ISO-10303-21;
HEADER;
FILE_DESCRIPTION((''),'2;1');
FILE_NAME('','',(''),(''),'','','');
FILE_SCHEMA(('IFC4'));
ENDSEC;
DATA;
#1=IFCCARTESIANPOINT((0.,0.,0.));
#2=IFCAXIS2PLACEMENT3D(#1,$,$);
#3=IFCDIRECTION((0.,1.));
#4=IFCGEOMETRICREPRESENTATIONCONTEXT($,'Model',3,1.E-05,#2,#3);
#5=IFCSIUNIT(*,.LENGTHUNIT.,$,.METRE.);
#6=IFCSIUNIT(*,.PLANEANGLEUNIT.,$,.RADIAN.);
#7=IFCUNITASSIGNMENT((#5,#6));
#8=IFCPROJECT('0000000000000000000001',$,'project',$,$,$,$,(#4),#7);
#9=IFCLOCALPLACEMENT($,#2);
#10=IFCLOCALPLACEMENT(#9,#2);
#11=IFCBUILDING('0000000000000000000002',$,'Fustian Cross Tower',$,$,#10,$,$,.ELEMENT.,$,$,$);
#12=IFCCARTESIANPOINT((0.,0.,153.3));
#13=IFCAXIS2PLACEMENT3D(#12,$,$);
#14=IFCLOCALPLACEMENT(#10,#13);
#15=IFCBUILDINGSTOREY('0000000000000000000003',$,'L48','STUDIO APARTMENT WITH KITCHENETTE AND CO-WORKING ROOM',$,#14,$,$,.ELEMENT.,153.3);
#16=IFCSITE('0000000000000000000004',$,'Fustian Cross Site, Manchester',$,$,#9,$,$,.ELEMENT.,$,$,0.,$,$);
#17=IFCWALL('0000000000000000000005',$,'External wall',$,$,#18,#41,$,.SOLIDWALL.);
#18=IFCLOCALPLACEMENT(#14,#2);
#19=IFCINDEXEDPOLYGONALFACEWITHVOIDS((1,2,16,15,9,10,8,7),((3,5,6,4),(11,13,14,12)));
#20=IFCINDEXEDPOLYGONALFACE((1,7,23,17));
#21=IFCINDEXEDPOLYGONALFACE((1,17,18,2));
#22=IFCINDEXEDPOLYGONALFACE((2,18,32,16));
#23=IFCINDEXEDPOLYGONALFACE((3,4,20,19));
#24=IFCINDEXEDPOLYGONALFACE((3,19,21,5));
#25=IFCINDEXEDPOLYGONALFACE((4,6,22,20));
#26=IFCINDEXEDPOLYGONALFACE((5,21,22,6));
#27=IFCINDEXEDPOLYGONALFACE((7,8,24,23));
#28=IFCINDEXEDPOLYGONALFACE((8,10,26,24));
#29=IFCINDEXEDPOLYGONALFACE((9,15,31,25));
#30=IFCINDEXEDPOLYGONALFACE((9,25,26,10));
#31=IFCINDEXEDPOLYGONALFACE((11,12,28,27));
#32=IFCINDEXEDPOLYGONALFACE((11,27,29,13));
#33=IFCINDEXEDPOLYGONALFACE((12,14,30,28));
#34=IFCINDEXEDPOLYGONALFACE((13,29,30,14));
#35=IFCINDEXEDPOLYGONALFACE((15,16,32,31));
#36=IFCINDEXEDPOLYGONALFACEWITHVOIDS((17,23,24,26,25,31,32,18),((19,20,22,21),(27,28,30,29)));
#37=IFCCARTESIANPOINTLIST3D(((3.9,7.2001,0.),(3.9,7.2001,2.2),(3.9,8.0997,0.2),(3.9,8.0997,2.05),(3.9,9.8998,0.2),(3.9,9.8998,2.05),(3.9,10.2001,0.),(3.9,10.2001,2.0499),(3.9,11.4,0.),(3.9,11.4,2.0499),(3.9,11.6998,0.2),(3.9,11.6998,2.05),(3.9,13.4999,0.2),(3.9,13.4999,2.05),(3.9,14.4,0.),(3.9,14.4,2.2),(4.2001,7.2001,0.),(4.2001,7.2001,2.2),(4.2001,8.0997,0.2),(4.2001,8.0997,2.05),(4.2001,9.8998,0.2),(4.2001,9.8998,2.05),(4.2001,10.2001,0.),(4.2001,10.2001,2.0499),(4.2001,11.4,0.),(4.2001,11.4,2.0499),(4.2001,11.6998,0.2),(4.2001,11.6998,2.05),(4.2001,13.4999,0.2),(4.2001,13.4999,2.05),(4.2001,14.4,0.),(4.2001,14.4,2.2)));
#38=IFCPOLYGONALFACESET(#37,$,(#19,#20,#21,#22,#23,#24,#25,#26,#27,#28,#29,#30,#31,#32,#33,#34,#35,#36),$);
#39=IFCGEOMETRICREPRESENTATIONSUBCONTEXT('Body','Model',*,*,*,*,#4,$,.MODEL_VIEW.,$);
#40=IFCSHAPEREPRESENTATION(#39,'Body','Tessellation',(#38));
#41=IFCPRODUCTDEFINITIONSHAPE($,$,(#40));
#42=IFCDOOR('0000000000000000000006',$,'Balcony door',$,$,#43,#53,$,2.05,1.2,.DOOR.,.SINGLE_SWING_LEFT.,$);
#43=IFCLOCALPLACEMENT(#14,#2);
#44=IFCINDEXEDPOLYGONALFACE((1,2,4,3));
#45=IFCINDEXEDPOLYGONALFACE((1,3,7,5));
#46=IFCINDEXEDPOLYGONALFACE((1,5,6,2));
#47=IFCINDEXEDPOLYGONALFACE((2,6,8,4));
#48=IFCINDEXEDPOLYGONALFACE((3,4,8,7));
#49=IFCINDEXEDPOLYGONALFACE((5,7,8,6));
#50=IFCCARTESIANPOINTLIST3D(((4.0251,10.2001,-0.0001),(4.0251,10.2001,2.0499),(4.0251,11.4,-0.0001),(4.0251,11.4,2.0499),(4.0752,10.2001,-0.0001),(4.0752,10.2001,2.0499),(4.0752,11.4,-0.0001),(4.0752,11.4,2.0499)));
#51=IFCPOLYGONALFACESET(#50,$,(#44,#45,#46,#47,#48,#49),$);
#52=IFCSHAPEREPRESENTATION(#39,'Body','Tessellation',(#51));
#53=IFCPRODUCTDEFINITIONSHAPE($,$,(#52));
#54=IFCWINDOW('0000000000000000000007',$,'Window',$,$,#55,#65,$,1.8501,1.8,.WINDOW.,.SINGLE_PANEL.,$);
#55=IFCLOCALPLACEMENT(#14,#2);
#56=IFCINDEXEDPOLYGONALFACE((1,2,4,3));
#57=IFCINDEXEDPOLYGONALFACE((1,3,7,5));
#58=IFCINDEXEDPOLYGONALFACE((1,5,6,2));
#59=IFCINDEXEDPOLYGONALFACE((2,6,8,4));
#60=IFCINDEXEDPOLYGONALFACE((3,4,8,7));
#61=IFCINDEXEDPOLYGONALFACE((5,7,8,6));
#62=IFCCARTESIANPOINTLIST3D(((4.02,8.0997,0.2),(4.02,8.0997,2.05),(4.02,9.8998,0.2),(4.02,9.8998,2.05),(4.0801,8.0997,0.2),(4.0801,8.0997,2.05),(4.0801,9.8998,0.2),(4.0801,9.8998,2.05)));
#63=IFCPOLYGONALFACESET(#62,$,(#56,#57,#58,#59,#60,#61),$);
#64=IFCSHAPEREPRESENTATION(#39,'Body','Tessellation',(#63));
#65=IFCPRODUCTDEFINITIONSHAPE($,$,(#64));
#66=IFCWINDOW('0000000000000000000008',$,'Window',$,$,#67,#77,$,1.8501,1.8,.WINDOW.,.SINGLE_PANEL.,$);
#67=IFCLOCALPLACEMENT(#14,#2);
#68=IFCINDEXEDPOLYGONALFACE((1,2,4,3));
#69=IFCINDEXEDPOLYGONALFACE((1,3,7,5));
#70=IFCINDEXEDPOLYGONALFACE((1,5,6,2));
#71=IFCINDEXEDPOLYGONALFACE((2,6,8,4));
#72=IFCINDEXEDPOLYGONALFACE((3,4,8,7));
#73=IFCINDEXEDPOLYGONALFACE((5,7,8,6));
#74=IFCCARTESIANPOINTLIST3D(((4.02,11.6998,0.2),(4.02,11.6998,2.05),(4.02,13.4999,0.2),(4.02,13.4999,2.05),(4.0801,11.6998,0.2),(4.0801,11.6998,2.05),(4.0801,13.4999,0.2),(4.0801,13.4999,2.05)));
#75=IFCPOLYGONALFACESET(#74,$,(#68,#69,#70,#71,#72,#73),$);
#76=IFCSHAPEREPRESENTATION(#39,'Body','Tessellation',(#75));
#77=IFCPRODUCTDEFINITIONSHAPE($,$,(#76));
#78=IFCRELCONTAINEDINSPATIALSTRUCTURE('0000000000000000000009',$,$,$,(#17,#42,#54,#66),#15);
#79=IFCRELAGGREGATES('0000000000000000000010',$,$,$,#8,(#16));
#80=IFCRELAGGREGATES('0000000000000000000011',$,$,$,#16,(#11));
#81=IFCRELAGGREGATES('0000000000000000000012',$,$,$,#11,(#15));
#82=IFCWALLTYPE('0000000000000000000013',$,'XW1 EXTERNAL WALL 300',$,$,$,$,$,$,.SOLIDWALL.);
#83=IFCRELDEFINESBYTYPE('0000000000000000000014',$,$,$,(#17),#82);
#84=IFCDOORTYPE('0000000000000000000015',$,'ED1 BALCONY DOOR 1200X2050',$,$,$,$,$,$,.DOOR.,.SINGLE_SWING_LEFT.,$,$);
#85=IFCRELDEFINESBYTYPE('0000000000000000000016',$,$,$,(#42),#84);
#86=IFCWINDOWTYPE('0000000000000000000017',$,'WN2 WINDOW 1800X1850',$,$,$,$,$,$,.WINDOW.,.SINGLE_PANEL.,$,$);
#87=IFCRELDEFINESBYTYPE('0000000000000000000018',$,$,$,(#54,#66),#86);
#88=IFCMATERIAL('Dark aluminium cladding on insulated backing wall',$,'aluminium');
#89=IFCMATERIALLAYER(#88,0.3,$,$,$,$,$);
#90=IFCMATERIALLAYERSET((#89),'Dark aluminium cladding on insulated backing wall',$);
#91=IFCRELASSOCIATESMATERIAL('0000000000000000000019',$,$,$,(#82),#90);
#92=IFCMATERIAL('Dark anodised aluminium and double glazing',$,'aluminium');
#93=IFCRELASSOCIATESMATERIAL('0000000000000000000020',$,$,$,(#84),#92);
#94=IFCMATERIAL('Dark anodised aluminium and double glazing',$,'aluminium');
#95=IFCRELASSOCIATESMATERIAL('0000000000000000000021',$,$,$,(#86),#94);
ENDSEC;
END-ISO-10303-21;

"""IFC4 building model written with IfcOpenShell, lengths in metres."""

from ifc_helpers import new_model, si_unit, direction, frame, frame_2d, origin, place, context, subcontext, project, spatial, rectangle, extrude, material, layer, layer_set, type_object, element, fill, save


model = new_model("IFC4")

# Units and contexts
model_context = context("Model", 3, precision=1e-05, world=origin(), true_north=direction((0.0, 1.0)))
body_context = subcontext(model_context, "Body", "Model", "MODEL_VIEW")
ifc_project = project(units=[si_unit("LENGTHUNIT", "METRE"), si_unit("PLANEANGLEUNIT", "RADIAN")], contexts=[model_context])

# Site, building, storey
site_placement = place(None, origin())
site = spatial("IfcSite", under=ifc_project, at=site_placement, Name="Fustian Cross Site, Manchester", CompositionType="ELEMENT", RefElevation=0.0)
building_placement = place(site_placement, origin())
building = spatial("IfcBuilding", under=site, at=building_placement, Name="Fustian Cross Tower", CompositionType="ELEMENT")
storey_placement = place(building_placement, frame((0.0, 0.0, 153.3)))
storey = spatial("IfcBuildingStorey", under=building, at=storey_placement, Name="L48", Description="STUDIO APARTMENT WITH KITCHENETTE AND CO-WORKING ROOM", CompositionType="ELEMENT", Elevation=153.3)

# Shared definitions
ifc_material_1 = material(Name="Dark aluminium cladding on insulated backing wall", Category="aluminium")
ifc_layer_1 = layer(ifc_material_1, 0.3)
ifc_layer_set_1 = layer_set([ifc_layer_1], Name="Dark aluminium cladding on insulated backing wall")
wall_type_1 = type_object("IfcWallType", Name="XW1 EXTERNAL WALL 300", PredefinedType="SOLIDWALL", material=ifc_layer_set_1)

# Wall, openings, door, windows
wall_1_placement = place(storey_placement, frame((4.05, 7.2, 0.0), z_axis=(0.0, 0.0, 1.0), x_axis=(0.0, 1.0, 0.0)))
wall_1 = element("IfcWall", 1, at=wall_1_placement, inside=storey, type_object=wall_type_1, Name="External wall", PredefinedType="SOLIDWALL", context=body_context, shape_type="SweptSolid", body=[
    extrude(rectangle(XDim=7.2, YDim=0.3, at=frame_2d((3.6001, 0.0))), origin(), (0.0, 0.0, 1.0), 2.2),
])
opening_1_placement = place(wall_1_placement, frame((3.0, 0.0, 0.0)))
opening_1 = element("IfcOpeningElement", 2, at=opening_1_placement, cuts=wall_1, PredefinedType="OPENING", context=body_context, shape_type="SweptSolid", body=[
    extrude(rectangle(XDim=1.2, YDim=2.05, at=frame_2d((0.6001, 1.0249))), frame((0.0, 0.1599, 0.0), z_axis=(0.0, -1.0, 0.0), x_axis=(1.0, 0.0, 0.0)), (0.0, 0.0, 1.0), 0.3201),
])
opening_2_placement = place(wall_1_placement, frame((0.8999, 0.0, 0.2)))
opening_2 = element("IfcOpeningElement", 3, at=opening_2_placement, cuts=wall_1, PredefinedType="OPENING", context=body_context, shape_type="SweptSolid", body=[
    extrude(rectangle(XDim=1.8, YDim=1.8501, at=frame_2d((0.8999, 0.925))), frame((0.0, 0.1599, 0.0), z_axis=(0.0, -1.0, 0.0), x_axis=(1.0, 0.0, 0.0)), (0.0, 0.0, 1.0), 0.3201),
])
opening_3_placement = place(wall_1_placement, frame((4.5, 0.0, 0.2)))
opening_3 = element("IfcOpeningElement", 4, at=opening_3_placement, cuts=wall_1, PredefinedType="OPENING", context=body_context, shape_type="SweptSolid", body=[
    extrude(rectangle(XDim=1.8, YDim=1.8501, at=frame_2d((0.8999, 0.925))), frame((0.0, 0.1599, 0.0), z_axis=(0.0, -1.0, 0.0), x_axis=(1.0, 0.0, 0.0)), (0.0, 0.0, 1.0), 0.3201),
])
ifc_material_2 = material(Name="Dark anodised aluminium and double glazing", Category="aluminium")
door_type_1 = type_object("IfcDoorType", Name="ED1 BALCONY DOOR 1200X2050", OperationType="SINGLE_SWING_LEFT", PredefinedType="DOOR", material=ifc_material_2)
door_1_placement = place(opening_1_placement, origin())
door_1 = element("IfcDoor", 5, at=door_1_placement, inside=storey, type_object=door_type_1, Name="Balcony door", OperationType="SINGLE_SWING_LEFT", OverallHeight=2.05, OverallWidth=1.2, PredefinedType="DOOR", context=body_context, shape_type="SweptSolid", body=[
    extrude(rectangle(XDim=1.2, YDim=2.05, at=frame_2d((0.6001, 1.0249))), frame((0.0, 0.0249, 0.0), z_axis=(0.0, -1.0, 0.0), x_axis=(1.0, 0.0, 0.0)), (0.0, 0.0, 1.0), 0.05),
])
fill(opening_1, door_1)
ifc_material_3 = material(Name="Dark anodised aluminium and double glazing", Category="aluminium")
window_type = type_object("IfcWindowType", Name="WN2 WINDOW 1800X1850", PartitioningType="SINGLE_PANEL", PredefinedType="WINDOW", material=ifc_material_3)
window_1_placement = place(opening_2_placement, origin())
window_1 = element("IfcWindow", 6, at=window_1_placement, inside=storey, type_object=window_type, Name="Window", OverallHeight=1.8501, OverallWidth=1.8, PartitioningType="SINGLE_PANEL", PredefinedType="WINDOW", context=body_context, shape_type="SweptSolid", body=[
    extrude(rectangle(XDim=1.8, YDim=1.8501, at=frame_2d((0.8999, 0.925))), frame((0.0, 0.03, 0.0), z_axis=(0.0, -1.0, 0.0), x_axis=(1.0, 0.0, 0.0)), (0.0, 0.0, 1.0), 0.0601),
])
fill(opening_2, window_1)
window_2_placement = place(opening_3_placement, origin())
window_2 = element("IfcWindow", 7, at=window_2_placement, inside=storey, type_object=window_type, Name="Window", OverallHeight=1.8501, OverallWidth=1.8, PartitioningType="SINGLE_PANEL", PredefinedType="WINDOW", context=body_context, shape_type="SweptSolid", body=[
    extrude(rectangle(XDim=1.8, YDim=1.8501, at=frame_2d((0.8999, 0.925))), frame((0.0, 0.03, 0.0), z_axis=(0.0, -1.0, 0.0), x_axis=(1.0, 0.0, 0.0)), (0.0, 0.0, 1.0), 0.0601),
])
fill(opening_3, window_2)

save(model, "model.ifc")
